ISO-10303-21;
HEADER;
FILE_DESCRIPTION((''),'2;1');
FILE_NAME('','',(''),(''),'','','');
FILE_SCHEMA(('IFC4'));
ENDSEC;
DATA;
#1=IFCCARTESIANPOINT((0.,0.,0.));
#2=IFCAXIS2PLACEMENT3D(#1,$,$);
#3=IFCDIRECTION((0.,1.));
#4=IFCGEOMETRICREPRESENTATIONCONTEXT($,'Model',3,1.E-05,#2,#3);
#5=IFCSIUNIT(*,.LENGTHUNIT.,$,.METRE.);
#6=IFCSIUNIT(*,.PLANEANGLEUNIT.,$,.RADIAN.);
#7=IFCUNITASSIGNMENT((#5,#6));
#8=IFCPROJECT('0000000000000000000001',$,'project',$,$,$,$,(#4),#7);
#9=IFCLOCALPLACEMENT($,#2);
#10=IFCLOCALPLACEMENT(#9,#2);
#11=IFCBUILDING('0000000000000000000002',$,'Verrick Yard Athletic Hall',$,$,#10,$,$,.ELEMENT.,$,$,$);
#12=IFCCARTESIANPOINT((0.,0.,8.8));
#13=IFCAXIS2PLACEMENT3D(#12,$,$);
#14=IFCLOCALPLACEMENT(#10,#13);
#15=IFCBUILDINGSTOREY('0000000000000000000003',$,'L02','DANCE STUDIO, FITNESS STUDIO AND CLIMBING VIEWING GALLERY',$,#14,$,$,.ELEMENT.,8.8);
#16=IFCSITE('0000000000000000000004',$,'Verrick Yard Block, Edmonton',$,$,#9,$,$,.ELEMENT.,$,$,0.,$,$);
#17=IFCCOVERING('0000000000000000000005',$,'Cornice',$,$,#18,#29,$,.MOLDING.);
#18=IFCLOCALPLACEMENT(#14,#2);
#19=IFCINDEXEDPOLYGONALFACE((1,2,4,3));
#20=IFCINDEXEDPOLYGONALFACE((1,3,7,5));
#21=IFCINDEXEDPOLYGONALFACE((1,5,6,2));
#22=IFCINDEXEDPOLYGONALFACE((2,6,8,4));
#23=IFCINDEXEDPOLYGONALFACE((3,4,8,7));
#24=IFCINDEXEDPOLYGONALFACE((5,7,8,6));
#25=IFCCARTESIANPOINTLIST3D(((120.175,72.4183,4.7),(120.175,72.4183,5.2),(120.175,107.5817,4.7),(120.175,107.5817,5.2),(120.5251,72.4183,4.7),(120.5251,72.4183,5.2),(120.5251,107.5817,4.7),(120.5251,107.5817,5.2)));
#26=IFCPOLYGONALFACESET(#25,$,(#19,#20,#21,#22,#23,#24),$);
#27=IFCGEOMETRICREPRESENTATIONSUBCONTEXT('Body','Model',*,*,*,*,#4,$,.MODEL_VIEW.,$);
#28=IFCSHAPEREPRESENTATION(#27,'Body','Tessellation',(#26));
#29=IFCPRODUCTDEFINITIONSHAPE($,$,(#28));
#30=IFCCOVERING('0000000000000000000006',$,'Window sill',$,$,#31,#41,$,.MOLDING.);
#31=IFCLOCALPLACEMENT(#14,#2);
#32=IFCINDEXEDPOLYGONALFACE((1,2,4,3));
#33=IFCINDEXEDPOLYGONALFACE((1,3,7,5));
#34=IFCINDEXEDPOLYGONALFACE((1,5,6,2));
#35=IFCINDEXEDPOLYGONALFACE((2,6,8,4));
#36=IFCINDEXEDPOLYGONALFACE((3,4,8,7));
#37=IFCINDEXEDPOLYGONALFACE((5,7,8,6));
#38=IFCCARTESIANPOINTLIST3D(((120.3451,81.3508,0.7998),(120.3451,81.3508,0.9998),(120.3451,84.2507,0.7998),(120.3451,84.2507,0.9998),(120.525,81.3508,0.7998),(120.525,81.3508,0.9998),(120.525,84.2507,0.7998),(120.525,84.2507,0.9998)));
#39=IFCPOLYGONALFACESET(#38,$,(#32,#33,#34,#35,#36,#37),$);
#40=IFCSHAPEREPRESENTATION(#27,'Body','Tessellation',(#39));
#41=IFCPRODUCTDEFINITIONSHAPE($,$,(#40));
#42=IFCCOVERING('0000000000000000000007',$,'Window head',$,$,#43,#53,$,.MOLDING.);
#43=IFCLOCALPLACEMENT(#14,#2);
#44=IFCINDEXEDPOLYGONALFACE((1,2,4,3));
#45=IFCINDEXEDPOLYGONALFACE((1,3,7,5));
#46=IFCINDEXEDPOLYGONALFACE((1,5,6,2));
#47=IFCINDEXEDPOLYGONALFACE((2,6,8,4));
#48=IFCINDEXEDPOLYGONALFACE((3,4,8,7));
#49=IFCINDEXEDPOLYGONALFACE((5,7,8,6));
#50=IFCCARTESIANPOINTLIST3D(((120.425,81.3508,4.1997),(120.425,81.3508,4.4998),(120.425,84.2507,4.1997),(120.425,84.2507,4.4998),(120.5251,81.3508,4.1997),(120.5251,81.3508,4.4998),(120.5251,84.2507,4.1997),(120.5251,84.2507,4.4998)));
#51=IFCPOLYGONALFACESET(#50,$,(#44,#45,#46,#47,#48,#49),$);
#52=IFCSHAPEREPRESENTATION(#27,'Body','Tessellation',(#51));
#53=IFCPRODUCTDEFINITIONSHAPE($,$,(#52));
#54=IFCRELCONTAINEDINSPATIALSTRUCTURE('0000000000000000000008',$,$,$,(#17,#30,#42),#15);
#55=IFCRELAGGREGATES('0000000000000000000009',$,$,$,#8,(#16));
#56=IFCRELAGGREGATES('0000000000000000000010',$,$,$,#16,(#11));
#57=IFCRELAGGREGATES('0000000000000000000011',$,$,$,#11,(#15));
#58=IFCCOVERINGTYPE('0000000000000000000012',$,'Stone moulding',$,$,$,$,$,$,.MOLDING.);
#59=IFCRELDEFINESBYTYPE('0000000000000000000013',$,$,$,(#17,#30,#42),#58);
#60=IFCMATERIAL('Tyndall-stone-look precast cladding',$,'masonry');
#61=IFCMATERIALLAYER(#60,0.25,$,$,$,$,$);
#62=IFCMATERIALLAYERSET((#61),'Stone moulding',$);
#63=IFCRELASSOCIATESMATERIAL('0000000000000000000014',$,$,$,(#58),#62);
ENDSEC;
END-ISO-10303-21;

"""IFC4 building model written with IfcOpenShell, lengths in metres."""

from ifc_helpers import new_model, si_unit, direction, frame, origin, origin_2d, place, context, subcontext, project, spatial, rectangle, extrude, material, layer, layer_set, type_object, element, save


model = new_model("IFC4")

# Units and contexts
model_context = context("Model", 3, precision=1e-05, world=origin(), true_north=direction((0.0, 1.0)))
body_context = subcontext(model_context, "Body", "Model", "MODEL_VIEW")
ifc_project = project(units=[si_unit("LENGTHUNIT", "METRE"), si_unit("PLANEANGLEUNIT", "RADIAN")], contexts=[model_context])

# Site, building, storey
site_placement = place(None, origin())
site = spatial("IfcSite", under=ifc_project, at=site_placement, Name="Verrick Yard Block, Edmonton", CompositionType="ELEMENT", RefElevation=0.0)
building_placement = place(site_placement, origin())
building = spatial("IfcBuilding", under=site, at=building_placement, Name="Verrick Yard Athletic Hall", CompositionType="ELEMENT")
storey_placement = place(building_placement, frame((0.0, 0.0, 8.8)))
storey = spatial("IfcBuildingStorey", under=building, at=storey_placement, Name="L02", Description="DANCE STUDIO, FITNESS STUDIO AND CLIMBING VIEWING GALLERY", CompositionType="ELEMENT", Elevation=8.8)

# Shared definitions
ifc_material_1 = material(Name="Tyndall-stone-look precast cladding", Category="masonry")

# Coverings
ifc_layer_1 = layer(ifc_material_1, 0.25)
ifc_layer_set_1 = layer_set([ifc_layer_1], Name="Stone moulding")
covering_type = type_object("IfcCoveringType", Name="Stone moulding", PredefinedType="MOLDING", material=ifc_layer_set_1)
covering_1_placement = place(storey_placement, frame((120.3501, 90.0, 4.7), z_axis=(0.0, 0.0, 1.0), x_axis=(0.0, 1.0, 0.0)))
element("IfcCovering", 1, at=covering_1_placement, inside=storey, type_object=covering_type, Name="Cornice", PredefinedType="MOLDING", context=body_context, shape_type="SweptSolid", body=[
    extrude(rectangle(XDim=35.1633, YDim=0.3501, at=origin_2d()), origin(), (0.0, 0.0, 1.0), 0.5),
])
covering_2_placement = place(storey_placement, frame((120.4351, 82.8008, 0.7998), z_axis=(0.0, 0.0, 1.0), x_axis=(0.0, 1.0, 0.0)))
element("IfcCovering", 2, at=covering_2_placement, inside=storey, type_object=covering_type, Name="Window sill", PredefinedType="MOLDING", context=body_context, shape_type="SweptSolid", body=[
    extrude(rectangle(XDim=2.8999, YDim=0.1799, at=origin_2d()), origin(), (0.0, 0.0, 1.0), 0.2),
])
covering_3_placement = place(storey_placement, frame((120.4751, 82.8008, 4.1997), z_axis=(0.0, 0.0, 1.0), x_axis=(0.0, 1.0, 0.0)))
element("IfcCovering", 3, at=covering_3_placement, inside=storey, type_object=covering_type, Name="Window head", PredefinedType="MOLDING", context=body_context, shape_type="SweptSolid", body=[
    extrude(rectangle(XDim=2.8999, YDim=0.1001, at=origin_2d()), origin(), (0.0, 0.0, 1.0), 0.3),
])

save(model, "model.ifc")
